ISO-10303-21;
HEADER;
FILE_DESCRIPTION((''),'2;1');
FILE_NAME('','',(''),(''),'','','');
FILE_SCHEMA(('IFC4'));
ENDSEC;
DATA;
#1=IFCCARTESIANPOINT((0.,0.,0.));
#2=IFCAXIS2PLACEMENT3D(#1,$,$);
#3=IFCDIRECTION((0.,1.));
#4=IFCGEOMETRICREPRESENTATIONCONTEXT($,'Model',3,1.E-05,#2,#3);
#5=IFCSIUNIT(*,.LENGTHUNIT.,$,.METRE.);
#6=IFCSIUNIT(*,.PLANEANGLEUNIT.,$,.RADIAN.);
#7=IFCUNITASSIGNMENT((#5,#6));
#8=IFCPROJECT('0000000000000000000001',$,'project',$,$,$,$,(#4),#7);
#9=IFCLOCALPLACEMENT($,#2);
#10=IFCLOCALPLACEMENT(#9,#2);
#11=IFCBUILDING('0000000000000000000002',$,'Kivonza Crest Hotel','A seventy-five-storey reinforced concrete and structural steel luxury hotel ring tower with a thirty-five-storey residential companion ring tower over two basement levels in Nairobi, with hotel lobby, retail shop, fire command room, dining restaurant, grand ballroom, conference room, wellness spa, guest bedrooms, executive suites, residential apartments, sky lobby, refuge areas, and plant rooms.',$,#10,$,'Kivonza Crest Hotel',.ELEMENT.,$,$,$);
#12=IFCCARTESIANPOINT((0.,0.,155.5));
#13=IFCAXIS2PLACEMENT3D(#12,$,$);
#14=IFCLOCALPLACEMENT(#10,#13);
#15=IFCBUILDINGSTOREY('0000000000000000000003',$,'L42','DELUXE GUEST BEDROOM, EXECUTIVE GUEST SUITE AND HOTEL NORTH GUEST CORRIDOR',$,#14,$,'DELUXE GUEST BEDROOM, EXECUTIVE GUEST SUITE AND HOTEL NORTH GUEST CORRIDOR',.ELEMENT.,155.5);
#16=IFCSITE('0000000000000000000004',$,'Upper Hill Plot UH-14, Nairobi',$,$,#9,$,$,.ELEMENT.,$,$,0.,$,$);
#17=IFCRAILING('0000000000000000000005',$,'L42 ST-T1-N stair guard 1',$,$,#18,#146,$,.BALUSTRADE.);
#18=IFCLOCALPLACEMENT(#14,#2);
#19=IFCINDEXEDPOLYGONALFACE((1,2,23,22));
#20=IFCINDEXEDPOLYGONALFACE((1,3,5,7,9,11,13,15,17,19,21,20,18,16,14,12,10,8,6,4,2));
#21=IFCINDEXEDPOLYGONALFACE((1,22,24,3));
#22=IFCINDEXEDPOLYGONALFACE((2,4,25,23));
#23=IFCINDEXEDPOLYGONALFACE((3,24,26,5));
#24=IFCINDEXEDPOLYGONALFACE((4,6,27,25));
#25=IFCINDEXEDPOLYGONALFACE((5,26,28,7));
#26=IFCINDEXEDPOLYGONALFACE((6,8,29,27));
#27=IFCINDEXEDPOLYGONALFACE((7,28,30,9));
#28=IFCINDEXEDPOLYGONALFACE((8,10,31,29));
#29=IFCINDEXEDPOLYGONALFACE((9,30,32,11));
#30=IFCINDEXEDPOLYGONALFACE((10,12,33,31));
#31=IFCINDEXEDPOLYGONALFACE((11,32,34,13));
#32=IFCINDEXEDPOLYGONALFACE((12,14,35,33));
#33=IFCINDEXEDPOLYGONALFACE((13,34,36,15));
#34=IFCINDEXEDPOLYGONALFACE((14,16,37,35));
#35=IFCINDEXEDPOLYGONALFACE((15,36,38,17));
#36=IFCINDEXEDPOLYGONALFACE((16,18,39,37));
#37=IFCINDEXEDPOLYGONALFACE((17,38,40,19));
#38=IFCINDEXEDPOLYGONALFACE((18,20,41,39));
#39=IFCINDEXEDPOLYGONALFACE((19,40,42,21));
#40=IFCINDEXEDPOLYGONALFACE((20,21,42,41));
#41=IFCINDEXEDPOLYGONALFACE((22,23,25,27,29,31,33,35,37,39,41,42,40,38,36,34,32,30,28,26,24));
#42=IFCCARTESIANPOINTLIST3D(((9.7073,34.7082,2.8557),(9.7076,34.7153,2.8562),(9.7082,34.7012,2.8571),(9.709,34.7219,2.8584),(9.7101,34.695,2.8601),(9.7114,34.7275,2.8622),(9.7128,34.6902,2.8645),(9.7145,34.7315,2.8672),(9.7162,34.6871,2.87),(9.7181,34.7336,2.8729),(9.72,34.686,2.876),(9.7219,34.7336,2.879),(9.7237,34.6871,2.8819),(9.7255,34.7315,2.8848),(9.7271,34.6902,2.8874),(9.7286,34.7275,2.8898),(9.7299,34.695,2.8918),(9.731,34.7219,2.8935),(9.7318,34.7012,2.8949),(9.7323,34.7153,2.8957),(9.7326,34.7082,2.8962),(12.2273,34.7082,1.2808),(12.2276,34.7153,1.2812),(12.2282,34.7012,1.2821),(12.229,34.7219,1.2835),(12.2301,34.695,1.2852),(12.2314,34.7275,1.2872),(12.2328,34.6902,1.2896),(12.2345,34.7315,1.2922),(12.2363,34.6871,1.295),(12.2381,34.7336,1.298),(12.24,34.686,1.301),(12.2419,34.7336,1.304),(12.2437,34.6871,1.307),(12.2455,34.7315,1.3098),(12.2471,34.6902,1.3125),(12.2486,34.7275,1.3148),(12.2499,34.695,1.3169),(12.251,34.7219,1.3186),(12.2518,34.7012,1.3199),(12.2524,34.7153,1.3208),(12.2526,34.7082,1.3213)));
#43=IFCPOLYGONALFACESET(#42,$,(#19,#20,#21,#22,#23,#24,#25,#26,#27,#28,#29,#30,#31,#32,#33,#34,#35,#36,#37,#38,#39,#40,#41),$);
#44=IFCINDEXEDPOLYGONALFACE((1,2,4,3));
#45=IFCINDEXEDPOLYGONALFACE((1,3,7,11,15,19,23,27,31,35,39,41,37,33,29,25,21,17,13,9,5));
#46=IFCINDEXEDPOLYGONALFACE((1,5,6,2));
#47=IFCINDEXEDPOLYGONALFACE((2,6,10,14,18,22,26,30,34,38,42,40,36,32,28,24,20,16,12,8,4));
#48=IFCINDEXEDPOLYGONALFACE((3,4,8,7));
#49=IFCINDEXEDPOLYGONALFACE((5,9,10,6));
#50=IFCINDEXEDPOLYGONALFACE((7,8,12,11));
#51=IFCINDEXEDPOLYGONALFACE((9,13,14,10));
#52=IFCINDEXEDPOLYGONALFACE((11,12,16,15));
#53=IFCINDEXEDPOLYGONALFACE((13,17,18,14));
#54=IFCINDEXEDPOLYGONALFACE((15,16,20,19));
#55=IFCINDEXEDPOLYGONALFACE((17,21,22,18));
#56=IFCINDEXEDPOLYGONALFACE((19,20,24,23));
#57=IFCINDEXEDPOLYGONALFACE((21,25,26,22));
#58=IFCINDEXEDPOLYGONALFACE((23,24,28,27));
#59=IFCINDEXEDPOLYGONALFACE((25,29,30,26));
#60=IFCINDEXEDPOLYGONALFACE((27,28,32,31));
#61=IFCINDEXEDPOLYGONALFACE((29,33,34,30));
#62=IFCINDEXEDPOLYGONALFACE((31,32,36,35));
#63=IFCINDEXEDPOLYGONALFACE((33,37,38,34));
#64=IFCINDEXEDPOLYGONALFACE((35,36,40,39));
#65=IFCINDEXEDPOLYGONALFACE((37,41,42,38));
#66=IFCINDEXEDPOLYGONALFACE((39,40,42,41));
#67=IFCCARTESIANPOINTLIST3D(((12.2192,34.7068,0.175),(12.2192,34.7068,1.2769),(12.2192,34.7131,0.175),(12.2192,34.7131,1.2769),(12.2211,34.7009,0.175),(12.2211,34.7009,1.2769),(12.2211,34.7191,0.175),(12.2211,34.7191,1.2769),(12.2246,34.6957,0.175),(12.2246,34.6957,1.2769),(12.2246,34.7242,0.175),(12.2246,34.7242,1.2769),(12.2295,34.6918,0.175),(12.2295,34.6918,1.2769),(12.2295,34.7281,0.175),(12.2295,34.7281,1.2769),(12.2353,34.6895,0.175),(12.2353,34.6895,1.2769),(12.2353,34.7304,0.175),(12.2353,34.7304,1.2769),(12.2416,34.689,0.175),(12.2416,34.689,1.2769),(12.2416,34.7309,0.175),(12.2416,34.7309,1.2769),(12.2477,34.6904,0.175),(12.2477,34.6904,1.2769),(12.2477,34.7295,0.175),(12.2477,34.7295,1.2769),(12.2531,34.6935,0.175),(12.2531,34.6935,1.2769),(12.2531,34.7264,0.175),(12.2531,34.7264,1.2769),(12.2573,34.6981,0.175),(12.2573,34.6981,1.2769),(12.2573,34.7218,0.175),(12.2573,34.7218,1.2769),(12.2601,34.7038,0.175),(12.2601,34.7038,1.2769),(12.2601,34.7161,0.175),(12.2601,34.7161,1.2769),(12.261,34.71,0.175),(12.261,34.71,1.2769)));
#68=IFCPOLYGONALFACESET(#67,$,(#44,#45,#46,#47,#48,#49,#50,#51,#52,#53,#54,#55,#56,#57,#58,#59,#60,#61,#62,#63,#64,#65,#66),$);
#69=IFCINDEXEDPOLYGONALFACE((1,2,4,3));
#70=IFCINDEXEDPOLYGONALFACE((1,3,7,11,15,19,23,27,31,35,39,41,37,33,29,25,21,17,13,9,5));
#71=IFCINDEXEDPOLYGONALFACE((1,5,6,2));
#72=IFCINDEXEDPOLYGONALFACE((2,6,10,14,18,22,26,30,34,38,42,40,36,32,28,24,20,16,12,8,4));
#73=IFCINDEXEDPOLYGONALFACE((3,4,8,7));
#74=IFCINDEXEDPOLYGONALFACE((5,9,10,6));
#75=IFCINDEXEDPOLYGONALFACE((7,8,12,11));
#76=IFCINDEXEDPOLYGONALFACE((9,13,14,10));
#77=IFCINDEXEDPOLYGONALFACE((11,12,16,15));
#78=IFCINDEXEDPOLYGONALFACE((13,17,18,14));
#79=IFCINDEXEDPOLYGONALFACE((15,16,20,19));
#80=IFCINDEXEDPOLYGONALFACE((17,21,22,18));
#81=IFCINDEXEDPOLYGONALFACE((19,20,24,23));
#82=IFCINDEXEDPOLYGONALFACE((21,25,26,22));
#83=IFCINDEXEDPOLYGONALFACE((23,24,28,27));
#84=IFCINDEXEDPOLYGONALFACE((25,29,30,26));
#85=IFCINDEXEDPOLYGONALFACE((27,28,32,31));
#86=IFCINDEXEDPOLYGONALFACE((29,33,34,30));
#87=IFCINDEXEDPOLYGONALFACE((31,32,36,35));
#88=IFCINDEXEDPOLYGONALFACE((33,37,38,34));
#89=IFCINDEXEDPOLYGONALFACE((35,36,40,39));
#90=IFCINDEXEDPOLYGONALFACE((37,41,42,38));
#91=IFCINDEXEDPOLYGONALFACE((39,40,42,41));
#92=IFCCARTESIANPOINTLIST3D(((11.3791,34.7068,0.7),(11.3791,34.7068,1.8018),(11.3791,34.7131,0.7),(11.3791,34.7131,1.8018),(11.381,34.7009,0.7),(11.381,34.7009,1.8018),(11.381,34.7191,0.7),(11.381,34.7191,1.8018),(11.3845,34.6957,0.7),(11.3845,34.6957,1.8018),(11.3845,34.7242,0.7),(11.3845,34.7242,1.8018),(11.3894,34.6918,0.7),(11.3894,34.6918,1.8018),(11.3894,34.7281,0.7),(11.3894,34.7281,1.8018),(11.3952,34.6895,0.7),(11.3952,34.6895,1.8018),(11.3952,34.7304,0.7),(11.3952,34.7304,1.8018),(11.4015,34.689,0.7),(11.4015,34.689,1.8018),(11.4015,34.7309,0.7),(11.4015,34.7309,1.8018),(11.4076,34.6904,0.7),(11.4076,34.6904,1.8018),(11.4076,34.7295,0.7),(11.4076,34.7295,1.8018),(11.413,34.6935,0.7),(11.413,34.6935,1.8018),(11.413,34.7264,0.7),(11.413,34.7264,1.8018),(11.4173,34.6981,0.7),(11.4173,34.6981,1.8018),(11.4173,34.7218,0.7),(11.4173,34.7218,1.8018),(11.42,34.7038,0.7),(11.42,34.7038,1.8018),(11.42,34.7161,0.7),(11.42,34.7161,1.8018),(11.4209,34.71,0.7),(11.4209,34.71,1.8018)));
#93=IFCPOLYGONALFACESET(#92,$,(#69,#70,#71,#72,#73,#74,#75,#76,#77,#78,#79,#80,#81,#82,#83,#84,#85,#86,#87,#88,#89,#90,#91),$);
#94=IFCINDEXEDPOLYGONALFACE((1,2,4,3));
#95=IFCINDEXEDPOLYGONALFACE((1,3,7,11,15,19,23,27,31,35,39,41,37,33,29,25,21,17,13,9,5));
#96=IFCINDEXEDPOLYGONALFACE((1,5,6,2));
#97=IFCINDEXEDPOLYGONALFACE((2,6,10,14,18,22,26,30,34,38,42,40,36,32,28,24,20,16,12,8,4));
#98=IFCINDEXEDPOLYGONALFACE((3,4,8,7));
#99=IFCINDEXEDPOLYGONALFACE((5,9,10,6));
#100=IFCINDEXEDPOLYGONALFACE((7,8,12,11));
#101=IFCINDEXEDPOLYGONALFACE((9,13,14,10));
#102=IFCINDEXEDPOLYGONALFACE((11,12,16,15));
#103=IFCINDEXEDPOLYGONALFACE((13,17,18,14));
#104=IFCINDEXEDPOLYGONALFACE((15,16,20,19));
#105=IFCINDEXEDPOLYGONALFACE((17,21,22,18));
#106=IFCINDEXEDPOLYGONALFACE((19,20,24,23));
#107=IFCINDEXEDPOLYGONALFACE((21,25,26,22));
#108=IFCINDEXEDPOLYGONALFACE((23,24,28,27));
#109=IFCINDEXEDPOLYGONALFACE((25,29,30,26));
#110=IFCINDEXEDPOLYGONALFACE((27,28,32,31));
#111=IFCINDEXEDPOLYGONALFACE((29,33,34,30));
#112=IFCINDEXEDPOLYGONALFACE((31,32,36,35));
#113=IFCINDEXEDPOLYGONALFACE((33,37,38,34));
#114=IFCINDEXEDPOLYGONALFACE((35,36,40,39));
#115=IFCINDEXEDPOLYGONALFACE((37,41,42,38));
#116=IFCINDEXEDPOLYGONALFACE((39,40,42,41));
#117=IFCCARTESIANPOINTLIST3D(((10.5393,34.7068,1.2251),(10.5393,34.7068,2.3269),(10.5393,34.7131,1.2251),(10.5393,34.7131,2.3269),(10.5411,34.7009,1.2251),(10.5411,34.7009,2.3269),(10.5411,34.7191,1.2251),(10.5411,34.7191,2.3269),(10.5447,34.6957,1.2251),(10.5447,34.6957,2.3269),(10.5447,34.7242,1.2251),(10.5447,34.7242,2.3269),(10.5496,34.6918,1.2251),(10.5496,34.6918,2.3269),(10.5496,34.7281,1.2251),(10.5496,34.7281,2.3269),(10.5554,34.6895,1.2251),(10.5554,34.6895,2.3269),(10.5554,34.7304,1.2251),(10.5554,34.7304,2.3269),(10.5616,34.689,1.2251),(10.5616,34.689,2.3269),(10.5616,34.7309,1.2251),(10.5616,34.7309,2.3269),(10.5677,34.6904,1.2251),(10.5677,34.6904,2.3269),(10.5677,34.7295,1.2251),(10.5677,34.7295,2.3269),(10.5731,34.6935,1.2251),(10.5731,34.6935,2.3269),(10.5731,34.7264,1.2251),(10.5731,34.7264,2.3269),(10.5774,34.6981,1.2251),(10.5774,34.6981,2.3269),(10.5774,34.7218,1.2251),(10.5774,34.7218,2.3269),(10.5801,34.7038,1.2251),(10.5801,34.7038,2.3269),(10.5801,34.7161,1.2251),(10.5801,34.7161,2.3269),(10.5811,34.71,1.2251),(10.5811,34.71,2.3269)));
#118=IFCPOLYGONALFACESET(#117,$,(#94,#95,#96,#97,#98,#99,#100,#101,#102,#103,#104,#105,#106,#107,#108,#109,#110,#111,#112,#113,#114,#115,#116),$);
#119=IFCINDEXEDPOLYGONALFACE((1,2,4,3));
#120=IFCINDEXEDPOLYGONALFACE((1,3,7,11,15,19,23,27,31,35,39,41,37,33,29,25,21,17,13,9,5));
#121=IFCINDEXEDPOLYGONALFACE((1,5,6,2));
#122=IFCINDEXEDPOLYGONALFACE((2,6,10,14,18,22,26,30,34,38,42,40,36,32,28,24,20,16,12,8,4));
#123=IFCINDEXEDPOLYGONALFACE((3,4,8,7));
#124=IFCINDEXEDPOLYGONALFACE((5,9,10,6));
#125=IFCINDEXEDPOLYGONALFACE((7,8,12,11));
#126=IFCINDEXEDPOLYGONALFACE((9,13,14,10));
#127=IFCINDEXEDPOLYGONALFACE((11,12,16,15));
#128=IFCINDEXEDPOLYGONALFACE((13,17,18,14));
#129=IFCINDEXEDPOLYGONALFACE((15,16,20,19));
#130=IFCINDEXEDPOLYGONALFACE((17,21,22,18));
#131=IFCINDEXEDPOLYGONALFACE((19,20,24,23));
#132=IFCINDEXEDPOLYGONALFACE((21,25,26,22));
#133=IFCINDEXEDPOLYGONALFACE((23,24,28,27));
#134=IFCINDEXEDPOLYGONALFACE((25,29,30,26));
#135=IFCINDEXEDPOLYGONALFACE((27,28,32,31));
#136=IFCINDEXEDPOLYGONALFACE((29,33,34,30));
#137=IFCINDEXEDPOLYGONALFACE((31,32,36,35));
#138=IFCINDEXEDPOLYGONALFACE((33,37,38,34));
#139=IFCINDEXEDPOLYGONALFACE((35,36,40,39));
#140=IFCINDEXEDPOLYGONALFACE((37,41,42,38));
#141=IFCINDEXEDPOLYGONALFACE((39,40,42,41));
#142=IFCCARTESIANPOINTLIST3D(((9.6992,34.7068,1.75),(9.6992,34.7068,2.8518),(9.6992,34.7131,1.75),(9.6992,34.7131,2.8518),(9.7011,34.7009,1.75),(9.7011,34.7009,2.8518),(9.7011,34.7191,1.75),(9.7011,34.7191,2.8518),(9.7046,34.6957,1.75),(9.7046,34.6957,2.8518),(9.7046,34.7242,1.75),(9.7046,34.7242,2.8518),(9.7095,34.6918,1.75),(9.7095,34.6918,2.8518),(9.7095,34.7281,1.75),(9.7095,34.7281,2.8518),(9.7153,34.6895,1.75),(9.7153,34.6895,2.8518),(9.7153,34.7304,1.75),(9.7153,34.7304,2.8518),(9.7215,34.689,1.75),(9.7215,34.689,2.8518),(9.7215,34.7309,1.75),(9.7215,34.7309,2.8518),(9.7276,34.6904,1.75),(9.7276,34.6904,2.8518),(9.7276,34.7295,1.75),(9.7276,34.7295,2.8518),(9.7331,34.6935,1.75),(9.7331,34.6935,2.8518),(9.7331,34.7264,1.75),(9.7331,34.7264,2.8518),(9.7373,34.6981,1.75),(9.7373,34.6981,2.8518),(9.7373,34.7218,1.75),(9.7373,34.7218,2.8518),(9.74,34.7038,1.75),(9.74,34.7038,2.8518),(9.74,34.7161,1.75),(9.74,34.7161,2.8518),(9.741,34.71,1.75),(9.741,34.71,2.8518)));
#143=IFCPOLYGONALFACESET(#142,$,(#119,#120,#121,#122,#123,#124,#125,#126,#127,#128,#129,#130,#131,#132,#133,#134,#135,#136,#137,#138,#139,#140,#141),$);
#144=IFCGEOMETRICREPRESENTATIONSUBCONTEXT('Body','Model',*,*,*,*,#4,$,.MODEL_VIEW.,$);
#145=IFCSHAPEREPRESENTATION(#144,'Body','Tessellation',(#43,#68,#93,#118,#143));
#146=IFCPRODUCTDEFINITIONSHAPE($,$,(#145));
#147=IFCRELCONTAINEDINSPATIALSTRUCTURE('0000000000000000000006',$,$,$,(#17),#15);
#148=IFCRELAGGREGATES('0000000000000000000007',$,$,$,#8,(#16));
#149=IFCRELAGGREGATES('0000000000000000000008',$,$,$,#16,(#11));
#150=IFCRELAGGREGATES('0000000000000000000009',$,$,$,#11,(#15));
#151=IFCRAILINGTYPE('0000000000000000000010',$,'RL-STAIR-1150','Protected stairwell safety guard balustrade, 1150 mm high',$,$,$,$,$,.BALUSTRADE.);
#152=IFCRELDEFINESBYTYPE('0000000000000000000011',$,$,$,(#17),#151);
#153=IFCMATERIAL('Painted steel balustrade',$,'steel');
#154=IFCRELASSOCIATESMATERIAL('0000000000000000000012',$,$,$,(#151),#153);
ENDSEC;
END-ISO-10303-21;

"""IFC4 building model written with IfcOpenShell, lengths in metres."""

from ifc_helpers import new_model, si_unit, direction, frame, origin, origin_2d, place, context, subcontext, project, spatial, circle, extrude, material, type_object, element, save


model = new_model("IFC4")

# Units and contexts
model_context = context("Model", 3, precision=1e-05, world=origin(), true_north=direction((0.0, 1.0)))
body_context = subcontext(model_context, "Body", "Model", "MODEL_VIEW")
ifc_project = project(units=[si_unit("LENGTHUNIT", "METRE"), si_unit("PLANEANGLEUNIT", "RADIAN")], contexts=[model_context])

# Site, building, storey
site_placement = place(None, origin())
site = spatial("IfcSite", under=ifc_project, at=site_placement, Name="Upper Hill Plot UH-14, Nairobi", CompositionType="ELEMENT", RefElevation=0.0)
building_placement = place(site_placement, origin())
building = spatial("IfcBuilding", under=site, at=building_placement, Name="Kivonza Crest Hotel", Description="A seventy-five-storey reinforced concrete and structural steel luxury hotel ring tower with a thirty-five-storey residential companion ring tower over two basement levels in Nairobi, with hotel lobby, retail shop, fire command room, dining restaurant, grand ballroom, conference room, wellness spa, guest bedrooms, executive suites, residential apartments, sky lobby, refuge areas, and plant rooms.", LongName="Kivonza Crest Hotel", CompositionType="ELEMENT")
storey_placement = place(building_placement, frame((0.0, 0.0, 155.5)))
storey = spatial("IfcBuildingStorey", under=building, at=storey_placement, Name="L42", Description="DELUXE GUEST BEDROOM, EXECUTIVE GUEST SUITE AND HOTEL NORTH GUEST CORRIDOR", LongName="DELUXE GUEST BEDROOM, EXECUTIVE GUEST SUITE AND HOTEL NORTH GUEST CORRIDOR", CompositionType="ELEMENT", Elevation=155.5)

# Railing
ifc_material_1 = material(Name="Painted steel balustrade", Category="steel")
railing_type_1 = type_object("IfcRailingType", Name="RL-STAIR-1150", Description="Protected stairwell safety guard balustrade, 1150 mm high", PredefinedType="BALUSTRADE", material=ifc_material_1)
railing_1_placement = place(storey_placement, frame((12.24, 34.71, 0.175)))
element("IfcRailing", 1, at=railing_1_placement, inside=storey, type_object=railing_type_1, Name="L42 ST-T1-N stair guard 1", PredefinedType="BALUSTRADE", context=body_context, shape_type="SweptSolid", body=[
    extrude(circle(Radius=0.0239, at=origin_2d()), frame((0.0, 0.0, 1.126), z_axis=(-0.848008, 0.0, 0.529984), x_axis=(0.0, -1.0, 0.0)), (0.0, 0.0, 1.0), 2.9717),
    extrude(circle(Radius=0.021, at=origin_2d()), origin(), (0.0, 0.0, 1.0), 1.1018),
    extrude(circle(Radius=0.021, at=origin_2d()), frame((-0.8401, 0.0, 0.5249)), (0.0, 0.0, 1.0), 1.1018),
    extrude(circle(Radius=0.021, at=origin_2d()), frame((-1.6799, 0.0, 1.05)), (0.0, 0.0, 1.0), 1.1018),
    extrude(circle(Radius=0.021, at=origin_2d()), frame((-2.52, 0.0, 1.575)), (0.0, 0.0, 1.0), 1.1018),
])

save(model, "model.ifc")
